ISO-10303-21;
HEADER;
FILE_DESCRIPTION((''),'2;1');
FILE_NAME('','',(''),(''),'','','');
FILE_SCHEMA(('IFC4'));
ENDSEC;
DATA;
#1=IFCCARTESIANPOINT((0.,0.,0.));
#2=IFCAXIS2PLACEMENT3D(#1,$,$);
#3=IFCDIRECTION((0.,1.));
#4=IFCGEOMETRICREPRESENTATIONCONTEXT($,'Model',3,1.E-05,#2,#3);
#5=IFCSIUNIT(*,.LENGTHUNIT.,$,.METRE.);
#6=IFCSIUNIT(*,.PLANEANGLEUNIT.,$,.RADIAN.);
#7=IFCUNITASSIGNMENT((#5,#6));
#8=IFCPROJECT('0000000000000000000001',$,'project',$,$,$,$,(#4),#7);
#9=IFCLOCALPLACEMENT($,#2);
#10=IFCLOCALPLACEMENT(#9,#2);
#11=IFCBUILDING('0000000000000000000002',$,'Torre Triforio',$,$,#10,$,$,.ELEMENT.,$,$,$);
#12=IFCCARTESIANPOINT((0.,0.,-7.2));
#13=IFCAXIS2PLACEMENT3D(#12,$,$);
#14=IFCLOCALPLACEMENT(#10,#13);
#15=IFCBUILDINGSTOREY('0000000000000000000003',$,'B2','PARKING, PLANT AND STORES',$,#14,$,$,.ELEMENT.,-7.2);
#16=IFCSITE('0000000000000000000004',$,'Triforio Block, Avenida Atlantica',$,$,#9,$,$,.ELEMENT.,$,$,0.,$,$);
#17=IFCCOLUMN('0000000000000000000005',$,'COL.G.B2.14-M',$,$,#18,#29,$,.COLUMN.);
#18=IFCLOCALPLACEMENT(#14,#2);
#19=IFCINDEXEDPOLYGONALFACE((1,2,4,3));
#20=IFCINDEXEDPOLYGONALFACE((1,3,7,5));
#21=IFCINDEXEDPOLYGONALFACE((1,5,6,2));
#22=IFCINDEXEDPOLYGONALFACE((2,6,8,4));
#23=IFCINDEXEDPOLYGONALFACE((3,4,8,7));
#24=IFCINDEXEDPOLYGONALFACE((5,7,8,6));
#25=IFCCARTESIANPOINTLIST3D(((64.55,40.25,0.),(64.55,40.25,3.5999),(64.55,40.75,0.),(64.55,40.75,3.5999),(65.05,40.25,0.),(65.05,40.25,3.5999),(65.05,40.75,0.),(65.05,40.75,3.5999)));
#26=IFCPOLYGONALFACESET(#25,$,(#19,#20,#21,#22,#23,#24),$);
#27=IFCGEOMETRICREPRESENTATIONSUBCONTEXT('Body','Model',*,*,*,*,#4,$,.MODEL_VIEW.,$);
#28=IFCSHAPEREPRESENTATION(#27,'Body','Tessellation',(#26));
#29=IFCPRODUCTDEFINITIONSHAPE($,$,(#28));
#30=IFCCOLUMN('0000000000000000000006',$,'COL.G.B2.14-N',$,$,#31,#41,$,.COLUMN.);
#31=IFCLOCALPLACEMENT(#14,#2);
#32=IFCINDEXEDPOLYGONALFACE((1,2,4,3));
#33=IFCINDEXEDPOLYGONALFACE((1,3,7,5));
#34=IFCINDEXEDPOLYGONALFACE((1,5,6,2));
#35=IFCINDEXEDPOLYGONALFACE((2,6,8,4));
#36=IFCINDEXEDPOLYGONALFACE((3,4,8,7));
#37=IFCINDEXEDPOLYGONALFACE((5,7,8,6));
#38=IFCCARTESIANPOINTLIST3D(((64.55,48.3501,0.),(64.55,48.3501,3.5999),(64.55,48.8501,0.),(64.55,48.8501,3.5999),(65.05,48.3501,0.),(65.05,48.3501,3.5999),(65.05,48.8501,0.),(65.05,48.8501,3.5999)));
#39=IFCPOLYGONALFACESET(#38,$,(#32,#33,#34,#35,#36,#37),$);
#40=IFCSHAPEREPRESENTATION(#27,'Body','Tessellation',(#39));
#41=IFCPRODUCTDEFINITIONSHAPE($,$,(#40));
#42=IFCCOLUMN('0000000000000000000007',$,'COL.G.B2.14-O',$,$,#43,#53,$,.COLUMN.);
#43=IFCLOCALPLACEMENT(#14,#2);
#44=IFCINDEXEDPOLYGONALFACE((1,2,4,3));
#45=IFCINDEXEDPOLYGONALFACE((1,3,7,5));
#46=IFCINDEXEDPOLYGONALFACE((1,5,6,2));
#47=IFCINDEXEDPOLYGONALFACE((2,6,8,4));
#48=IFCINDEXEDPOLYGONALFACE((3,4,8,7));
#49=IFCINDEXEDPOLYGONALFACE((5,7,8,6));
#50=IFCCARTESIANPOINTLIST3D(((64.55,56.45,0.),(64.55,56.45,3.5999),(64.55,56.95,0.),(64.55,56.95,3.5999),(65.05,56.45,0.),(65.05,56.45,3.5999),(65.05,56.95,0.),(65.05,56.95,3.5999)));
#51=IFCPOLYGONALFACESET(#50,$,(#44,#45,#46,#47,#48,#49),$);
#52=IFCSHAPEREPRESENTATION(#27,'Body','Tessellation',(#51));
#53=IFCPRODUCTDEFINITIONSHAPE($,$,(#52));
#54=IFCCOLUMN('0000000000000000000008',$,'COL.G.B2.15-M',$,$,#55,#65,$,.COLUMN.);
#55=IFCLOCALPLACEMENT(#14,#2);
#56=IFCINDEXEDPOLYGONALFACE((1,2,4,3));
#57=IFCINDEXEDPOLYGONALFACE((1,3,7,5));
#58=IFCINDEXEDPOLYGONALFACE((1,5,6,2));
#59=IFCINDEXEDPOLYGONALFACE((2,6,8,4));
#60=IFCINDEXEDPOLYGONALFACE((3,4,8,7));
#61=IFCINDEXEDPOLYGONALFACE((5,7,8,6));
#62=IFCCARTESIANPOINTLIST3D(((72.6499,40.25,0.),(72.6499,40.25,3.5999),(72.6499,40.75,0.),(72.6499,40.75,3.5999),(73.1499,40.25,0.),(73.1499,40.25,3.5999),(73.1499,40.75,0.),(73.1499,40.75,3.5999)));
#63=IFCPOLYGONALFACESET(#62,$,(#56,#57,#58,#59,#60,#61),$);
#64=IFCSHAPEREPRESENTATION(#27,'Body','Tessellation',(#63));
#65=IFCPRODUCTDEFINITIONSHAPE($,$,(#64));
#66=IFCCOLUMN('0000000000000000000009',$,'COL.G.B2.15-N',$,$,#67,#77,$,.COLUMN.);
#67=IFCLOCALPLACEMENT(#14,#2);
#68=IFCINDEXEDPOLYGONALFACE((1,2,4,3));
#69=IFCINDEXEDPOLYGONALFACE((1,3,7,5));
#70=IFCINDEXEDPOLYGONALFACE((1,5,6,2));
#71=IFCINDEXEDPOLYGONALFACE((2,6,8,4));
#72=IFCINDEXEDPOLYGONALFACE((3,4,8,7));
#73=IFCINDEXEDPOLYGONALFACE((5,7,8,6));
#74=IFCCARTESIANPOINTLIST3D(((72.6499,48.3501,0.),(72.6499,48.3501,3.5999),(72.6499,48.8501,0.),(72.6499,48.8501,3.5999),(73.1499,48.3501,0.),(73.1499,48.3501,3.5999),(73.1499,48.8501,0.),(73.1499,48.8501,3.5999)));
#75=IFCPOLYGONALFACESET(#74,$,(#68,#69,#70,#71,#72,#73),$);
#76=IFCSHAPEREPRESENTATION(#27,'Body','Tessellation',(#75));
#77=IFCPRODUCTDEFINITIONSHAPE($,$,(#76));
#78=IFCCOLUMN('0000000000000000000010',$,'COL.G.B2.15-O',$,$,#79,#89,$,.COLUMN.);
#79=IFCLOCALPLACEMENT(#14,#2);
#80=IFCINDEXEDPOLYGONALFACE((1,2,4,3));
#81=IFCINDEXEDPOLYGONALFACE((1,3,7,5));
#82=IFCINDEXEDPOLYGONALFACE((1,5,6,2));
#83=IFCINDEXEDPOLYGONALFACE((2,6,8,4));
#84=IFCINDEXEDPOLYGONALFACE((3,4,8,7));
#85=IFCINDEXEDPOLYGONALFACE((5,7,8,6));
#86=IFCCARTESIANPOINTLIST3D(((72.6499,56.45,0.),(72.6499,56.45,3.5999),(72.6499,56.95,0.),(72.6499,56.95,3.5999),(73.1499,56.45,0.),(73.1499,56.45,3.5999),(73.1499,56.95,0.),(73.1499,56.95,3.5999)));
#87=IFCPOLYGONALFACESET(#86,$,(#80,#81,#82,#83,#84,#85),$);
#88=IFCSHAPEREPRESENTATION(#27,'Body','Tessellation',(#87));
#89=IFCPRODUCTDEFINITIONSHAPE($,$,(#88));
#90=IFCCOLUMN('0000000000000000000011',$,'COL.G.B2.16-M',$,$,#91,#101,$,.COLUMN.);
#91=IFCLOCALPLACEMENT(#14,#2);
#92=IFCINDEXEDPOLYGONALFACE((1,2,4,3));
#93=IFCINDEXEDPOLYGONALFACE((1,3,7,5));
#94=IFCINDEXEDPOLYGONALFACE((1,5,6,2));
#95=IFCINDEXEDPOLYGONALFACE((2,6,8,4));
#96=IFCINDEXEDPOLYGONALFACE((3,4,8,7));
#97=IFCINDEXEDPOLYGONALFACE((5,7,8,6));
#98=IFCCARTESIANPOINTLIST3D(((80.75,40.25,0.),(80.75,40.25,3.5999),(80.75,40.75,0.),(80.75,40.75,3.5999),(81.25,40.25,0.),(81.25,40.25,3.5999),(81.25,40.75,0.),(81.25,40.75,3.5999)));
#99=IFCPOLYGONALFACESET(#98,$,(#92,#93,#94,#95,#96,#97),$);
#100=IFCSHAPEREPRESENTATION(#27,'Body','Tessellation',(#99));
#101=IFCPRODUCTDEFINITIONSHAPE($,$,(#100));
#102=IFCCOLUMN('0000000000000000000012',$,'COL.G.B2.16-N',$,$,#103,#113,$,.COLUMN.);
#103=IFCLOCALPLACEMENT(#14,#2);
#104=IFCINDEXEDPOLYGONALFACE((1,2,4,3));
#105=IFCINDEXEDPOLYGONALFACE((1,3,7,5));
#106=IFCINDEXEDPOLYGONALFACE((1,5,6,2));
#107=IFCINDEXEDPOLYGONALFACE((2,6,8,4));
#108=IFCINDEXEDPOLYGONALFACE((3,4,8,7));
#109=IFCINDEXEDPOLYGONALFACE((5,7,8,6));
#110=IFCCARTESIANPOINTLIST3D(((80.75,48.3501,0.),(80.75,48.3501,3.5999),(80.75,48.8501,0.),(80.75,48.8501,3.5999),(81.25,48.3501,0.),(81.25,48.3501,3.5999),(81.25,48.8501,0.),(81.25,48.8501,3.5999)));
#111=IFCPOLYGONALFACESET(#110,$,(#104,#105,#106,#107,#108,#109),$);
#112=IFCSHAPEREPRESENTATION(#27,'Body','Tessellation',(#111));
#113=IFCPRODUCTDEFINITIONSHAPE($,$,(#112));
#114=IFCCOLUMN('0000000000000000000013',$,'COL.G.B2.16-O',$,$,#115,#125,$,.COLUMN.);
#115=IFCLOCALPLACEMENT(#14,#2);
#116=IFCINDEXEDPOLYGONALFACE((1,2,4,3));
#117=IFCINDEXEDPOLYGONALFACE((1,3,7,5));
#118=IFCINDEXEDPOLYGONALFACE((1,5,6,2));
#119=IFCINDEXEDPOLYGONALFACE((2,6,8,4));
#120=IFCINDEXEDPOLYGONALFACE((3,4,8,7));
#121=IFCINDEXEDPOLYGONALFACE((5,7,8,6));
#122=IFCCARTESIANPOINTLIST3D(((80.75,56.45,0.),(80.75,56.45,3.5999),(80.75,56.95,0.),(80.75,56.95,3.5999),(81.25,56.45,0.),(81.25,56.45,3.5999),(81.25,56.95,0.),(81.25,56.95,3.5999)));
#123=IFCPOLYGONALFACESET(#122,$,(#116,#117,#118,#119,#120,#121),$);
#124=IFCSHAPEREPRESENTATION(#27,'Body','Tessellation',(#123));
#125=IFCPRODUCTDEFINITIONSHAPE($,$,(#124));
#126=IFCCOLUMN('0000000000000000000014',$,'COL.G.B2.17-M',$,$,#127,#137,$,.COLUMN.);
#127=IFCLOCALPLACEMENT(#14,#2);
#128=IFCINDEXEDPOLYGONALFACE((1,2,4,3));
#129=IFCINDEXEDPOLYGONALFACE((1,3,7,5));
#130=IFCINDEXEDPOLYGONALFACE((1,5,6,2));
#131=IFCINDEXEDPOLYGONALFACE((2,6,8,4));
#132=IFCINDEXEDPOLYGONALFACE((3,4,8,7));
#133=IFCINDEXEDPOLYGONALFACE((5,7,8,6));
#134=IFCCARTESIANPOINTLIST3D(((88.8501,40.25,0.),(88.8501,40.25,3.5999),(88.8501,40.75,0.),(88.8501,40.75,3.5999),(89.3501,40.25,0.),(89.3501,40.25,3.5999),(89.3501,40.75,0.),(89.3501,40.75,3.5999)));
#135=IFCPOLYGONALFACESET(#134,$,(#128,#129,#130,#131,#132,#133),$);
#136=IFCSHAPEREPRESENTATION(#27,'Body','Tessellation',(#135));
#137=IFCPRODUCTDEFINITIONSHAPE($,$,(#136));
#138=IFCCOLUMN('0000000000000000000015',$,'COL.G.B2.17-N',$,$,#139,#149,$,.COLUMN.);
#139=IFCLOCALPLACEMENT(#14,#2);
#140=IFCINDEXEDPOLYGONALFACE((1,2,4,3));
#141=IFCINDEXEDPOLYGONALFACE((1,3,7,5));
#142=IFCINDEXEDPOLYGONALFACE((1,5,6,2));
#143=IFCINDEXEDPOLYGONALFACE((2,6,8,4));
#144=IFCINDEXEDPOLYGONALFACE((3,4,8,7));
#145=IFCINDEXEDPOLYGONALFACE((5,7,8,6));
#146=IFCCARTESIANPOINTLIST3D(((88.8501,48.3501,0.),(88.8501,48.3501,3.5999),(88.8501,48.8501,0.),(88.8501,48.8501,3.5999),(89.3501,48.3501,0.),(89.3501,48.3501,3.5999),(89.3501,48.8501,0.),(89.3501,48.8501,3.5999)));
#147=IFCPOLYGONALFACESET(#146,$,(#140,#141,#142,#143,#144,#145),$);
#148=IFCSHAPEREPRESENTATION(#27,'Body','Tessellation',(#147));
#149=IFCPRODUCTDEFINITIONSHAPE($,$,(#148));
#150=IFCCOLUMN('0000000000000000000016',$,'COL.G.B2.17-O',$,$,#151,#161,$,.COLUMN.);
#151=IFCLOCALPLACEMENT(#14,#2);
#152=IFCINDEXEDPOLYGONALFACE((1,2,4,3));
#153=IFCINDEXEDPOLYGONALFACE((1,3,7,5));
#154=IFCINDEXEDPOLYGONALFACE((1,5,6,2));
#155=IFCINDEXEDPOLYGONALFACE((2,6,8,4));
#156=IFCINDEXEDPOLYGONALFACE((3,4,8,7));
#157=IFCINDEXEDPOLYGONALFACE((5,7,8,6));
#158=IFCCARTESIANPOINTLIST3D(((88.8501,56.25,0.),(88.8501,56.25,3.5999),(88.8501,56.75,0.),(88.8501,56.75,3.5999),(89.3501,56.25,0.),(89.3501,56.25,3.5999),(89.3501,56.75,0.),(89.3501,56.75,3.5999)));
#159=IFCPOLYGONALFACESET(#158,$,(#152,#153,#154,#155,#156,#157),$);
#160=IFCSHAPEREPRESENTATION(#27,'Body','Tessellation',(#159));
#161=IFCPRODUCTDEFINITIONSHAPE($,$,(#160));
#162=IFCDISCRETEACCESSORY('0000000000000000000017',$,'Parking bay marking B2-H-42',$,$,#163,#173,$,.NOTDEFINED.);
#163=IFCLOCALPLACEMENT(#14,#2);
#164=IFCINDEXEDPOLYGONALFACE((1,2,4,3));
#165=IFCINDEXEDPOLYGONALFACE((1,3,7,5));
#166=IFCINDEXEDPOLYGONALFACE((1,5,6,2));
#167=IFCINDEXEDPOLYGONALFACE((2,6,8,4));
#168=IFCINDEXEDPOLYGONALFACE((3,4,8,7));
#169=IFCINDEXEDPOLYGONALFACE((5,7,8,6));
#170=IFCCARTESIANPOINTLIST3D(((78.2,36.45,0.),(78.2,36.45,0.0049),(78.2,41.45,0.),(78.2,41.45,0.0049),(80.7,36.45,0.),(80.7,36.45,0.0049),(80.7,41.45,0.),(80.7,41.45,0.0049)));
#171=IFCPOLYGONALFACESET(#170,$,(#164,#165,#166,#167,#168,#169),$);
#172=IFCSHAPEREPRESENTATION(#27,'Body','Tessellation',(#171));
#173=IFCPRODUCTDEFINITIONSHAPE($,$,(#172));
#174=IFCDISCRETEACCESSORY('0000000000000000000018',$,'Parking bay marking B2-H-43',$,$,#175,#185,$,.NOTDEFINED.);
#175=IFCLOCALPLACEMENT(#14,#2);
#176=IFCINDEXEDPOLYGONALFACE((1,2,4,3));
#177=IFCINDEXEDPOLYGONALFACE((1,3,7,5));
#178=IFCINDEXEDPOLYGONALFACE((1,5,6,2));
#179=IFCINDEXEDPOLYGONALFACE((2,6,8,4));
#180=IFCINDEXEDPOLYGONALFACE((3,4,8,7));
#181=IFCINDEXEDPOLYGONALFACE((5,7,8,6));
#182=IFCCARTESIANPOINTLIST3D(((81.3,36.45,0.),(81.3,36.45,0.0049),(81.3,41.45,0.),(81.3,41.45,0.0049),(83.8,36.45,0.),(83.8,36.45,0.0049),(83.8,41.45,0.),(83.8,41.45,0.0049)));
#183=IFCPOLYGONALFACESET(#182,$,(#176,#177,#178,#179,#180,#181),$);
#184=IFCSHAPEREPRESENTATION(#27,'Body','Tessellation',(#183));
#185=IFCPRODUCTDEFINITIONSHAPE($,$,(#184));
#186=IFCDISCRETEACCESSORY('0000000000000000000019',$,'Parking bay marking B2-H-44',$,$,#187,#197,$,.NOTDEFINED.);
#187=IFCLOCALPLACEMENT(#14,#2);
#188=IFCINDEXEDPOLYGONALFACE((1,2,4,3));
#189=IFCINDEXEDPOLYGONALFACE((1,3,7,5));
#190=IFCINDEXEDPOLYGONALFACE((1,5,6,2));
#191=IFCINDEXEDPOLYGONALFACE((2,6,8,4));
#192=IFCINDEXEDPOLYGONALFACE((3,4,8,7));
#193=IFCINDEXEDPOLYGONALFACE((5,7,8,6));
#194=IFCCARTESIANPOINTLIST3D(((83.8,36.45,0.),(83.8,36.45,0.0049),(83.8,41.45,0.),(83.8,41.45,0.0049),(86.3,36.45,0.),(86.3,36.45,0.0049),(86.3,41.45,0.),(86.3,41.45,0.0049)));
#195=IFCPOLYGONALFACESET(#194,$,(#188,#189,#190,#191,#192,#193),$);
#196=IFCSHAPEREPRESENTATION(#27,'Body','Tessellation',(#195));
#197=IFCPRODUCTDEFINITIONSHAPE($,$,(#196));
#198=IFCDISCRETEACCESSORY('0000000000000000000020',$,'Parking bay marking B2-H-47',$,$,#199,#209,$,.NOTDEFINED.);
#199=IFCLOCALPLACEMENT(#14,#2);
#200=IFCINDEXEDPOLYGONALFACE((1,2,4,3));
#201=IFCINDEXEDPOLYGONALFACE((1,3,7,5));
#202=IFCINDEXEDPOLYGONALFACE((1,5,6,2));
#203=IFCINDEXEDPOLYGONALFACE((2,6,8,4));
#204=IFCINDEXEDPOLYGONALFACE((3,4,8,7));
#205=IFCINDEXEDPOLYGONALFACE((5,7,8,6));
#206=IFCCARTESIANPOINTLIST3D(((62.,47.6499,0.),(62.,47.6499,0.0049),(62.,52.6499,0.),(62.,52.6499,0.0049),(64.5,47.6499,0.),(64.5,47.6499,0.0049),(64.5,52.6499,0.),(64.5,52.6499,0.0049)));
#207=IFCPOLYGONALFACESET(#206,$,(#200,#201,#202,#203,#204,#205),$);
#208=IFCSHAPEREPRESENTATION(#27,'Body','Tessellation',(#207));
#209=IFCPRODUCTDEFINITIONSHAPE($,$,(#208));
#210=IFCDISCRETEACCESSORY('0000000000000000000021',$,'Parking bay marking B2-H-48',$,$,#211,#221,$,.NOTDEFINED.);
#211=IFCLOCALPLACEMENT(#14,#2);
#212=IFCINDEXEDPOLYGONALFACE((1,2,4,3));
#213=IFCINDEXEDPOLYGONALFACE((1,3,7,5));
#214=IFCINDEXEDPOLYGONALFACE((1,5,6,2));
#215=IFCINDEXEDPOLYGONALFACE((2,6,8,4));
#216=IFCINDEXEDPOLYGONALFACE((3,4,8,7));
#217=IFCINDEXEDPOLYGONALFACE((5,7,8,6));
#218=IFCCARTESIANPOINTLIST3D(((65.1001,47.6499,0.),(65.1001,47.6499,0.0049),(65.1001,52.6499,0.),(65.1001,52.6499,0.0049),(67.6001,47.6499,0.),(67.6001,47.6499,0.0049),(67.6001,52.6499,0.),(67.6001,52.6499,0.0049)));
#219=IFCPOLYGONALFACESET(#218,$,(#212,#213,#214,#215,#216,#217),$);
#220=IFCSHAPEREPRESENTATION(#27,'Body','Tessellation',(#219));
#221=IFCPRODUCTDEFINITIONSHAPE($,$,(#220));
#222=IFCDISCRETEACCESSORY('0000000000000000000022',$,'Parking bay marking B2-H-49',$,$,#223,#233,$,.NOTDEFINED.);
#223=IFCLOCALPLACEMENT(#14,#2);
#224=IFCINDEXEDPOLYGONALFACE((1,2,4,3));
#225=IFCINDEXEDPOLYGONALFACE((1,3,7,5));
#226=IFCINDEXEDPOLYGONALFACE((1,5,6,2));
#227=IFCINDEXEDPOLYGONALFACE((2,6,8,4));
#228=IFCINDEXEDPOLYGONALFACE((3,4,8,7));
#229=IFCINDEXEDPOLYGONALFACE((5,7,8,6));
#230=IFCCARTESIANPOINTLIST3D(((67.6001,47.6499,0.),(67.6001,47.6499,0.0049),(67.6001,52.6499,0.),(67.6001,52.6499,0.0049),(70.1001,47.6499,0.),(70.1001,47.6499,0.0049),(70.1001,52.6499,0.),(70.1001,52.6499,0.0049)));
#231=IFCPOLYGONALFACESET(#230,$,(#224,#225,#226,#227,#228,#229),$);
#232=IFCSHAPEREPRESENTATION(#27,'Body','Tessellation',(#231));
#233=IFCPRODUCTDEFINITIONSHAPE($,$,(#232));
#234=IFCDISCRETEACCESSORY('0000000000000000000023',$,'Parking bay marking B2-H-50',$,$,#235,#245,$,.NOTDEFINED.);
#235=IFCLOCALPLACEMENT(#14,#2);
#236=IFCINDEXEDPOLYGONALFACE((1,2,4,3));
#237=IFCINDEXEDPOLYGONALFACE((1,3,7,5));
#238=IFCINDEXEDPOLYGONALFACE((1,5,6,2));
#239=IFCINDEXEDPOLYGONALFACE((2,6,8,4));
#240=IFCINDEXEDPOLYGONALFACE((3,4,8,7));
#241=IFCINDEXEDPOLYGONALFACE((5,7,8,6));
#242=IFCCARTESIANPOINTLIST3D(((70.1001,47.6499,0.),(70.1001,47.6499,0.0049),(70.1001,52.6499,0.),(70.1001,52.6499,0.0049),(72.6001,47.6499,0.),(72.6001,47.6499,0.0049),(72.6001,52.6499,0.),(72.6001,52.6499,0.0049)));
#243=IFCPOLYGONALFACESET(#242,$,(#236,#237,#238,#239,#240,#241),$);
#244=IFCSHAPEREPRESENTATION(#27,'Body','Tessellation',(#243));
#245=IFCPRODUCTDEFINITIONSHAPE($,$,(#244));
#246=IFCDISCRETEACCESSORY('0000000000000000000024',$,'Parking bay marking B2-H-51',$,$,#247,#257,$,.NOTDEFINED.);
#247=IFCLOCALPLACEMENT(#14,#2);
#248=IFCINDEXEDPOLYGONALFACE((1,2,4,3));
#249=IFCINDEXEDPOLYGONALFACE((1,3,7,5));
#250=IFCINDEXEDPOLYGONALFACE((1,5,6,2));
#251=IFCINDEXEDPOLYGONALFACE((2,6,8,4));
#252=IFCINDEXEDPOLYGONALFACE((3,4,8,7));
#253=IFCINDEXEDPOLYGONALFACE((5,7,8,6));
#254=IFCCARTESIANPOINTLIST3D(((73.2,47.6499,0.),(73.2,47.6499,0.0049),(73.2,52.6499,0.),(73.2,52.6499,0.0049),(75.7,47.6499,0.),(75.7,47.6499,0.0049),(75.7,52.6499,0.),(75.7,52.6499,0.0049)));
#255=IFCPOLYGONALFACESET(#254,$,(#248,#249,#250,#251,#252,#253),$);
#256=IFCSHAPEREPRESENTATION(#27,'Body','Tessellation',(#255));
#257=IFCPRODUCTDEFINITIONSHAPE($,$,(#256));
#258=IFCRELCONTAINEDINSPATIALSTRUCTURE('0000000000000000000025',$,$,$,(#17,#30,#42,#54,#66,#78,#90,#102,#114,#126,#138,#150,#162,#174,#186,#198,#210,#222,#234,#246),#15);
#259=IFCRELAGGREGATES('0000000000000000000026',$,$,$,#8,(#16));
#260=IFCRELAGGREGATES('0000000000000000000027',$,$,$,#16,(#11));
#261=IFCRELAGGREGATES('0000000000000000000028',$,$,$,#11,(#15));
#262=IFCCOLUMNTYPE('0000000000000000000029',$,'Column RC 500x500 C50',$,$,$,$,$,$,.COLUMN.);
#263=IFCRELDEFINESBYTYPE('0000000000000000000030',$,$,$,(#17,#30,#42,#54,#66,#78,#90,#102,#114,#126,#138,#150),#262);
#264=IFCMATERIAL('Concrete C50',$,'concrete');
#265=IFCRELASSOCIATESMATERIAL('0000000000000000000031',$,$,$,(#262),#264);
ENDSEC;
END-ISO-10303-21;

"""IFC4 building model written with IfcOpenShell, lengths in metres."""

from ifc_helpers import new_model, si_unit, direction, frame, origin, origin_2d, place, context, subcontext, project, spatial, rectangle, extrude, material, material_profile, profile_set, type_object, element, save


model = new_model("IFC4")

# Units and contexts
model_context = context("Model", 3, precision=1e-05, world=origin(), true_north=direction((0.0, 1.0)))
body_context = subcontext(model_context, "Body", "Model", "MODEL_VIEW")
ifc_project = project(units=[si_unit("LENGTHUNIT", "METRE"), si_unit("PLANEANGLEUNIT", "RADIAN")], contexts=[model_context])

# Site, building, storey
site_placement = place(None, origin())
site = spatial("IfcSite", under=ifc_project, at=site_placement, Name="Triforio Block, Avenida Atlantica", CompositionType="ELEMENT", RefElevation=0.0)
building_placement = place(site_placement, origin())
building = spatial("IfcBuilding", under=site, at=building_placement, Name="Torre Triforio", CompositionType="ELEMENT")
storey_placement = place(building_placement, frame((0.0, 0.0, -7.2)))
storey = spatial("IfcBuildingStorey", under=building, at=storey_placement, Name="B2", Description="PARKING, PLANT AND STORES", CompositionType="ELEMENT", Elevation=-7.2)

# Columns
ifc_material = material(Name="Concrete C50", Category="concrete")
ifc_material_profile = material_profile(ifc_material, rectangle(XDim=0.5, YDim=0.5, at=origin_2d()), Name="RC 500x500")
ifc_profile_set = profile_set([ifc_material_profile], Name="Concrete C50")
column_type = type_object("IfcColumnType", Name="Column RC 500x500 C50", PredefinedType="COLUMN", material=ifc_profile_set)
for number, where, z_axis, x_axis, name in (
    (1, (64.8, 40.5, 0.0), (0.0, 0.0, 1.0), (1.0, 0.0, 0.0), "COL.G.B2.14-M"),
    (2, (64.8, 48.6001, 0.0), (0.0, 0.0, 1.0), (1.0, 0.0, 0.0), "COL.G.B2.14-N"),
    (3, (64.8, 56.7, 0.0), (0.0, 0.0, 1.0), (1.0, 0.0, 0.0), "COL.G.B2.14-O"),
    (4, (72.8999, 40.5, 0.0), (0.0, 0.0, 1.0), (1.0, 0.0, 0.0), "COL.G.B2.15-M"),
    (5, (72.8999, 48.6001, 0.0), (0.0, 0.0, 1.0), (1.0, 0.0, 0.0), "COL.G.B2.15-N"),
    (6, (72.8999, 56.7, 0.0), (0.0, 0.0, 1.0), (1.0, 0.0, 0.0), "COL.G.B2.15-O"),
    (7, (81.0, 40.5, 0.0), (0.0, 0.0, 1.0), (1.0, 0.0, 0.0), "COL.G.B2.16-M"),
    (8, (81.0, 48.6001, 0.0), (0.0, 0.0, 1.0), (1.0, 0.0, 0.0), "COL.G.B2.16-N"),
    (9, (81.0, 56.7, 0.0), (0.0, 0.0, 1.0), (1.0, 0.0, 0.0), "COL.G.B2.16-O"),
    (10, (89.1001, 40.5, 0.0), (0.0, 0.0, 1.0), (1.0, 0.0, 0.0), "COL.G.B2.17-M"),
    (11, (89.1001, 48.6001, 0.0), (0.0, 0.0, 1.0), (1.0, 0.0, 0.0), "COL.G.B2.17-N"),
    (12, (89.1001, 56.5, 0.0), (0.0, 0.0, 1.0), (1.0, 0.0, 0.0), "COL.G.B2.17-O"),
):
    element("IfcColumn", number, at=place(storey_placement, frame(where, z_axis=z_axis, x_axis=x_axis)), inside=storey, type_object=column_type, Name=name, PredefinedType="COLUMN", context=body_context, shape_type="SweptSolid", body=[
        extrude(rectangle(XDim=0.5, YDim=0.5, at=origin_2d()), origin(), (0.0, 0.0, 1.0), 3.5999),
    ])

# Discrete accessories
for number, where, z_axis, x_axis, name in (
    (13, (79.45, 38.95, 0.0), (0.0, 0.0, 1.0), (1.0, 0.0, 0.0), "Parking bay marking B2-H-42"),
    (14, (82.55, 38.95, 0.0), (0.0, 0.0, 1.0), (1.0, 0.0, 0.0), "Parking bay marking B2-H-43"),
    (15, (85.05, 38.95, 0.0), (0.0, 0.0, 1.0), (1.0, 0.0, 0.0), "Parking bay marking B2-H-44"),
    (16, (63.25, 50.1499, 0.0), (0.0, 0.0, 1.0), (1.0, 0.0, 0.0), "Parking bay marking B2-H-47"),
    (17, (66.3501, 50.1499, 0.0), (0.0, 0.0, 1.0), (1.0, 0.0, 0.0), "Parking bay marking B2-H-48"),
    (18, (68.8501, 50.1499, 0.0), (0.0, 0.0, 1.0), (1.0, 0.0, 0.0), "Parking bay marking B2-H-49"),
    (19, (71.3501, 50.1499, 0.0), (0.0, 0.0, 1.0), (1.0, 0.0, 0.0), "Parking bay marking B2-H-50"),
    (20, (74.45, 50.1499, 0.0), (0.0, 0.0, 1.0), (1.0, 0.0, 0.0), "Parking bay marking B2-H-51"),
):
    element("IfcDiscreteAccessory", number, at=place(storey_placement, frame(where, z_axis=z_axis, x_axis=x_axis)), inside=storey, Name=name, PredefinedType="NOTDEFINED", context=body_context, shape_type="SweptSolid", body=[
        extrude(rectangle(XDim=2.5, YDim=5.0, at=origin_2d()), origin(), (0.0, 0.0, 1.0), 0.0049),
    ])

save(model, "model.ifc")
